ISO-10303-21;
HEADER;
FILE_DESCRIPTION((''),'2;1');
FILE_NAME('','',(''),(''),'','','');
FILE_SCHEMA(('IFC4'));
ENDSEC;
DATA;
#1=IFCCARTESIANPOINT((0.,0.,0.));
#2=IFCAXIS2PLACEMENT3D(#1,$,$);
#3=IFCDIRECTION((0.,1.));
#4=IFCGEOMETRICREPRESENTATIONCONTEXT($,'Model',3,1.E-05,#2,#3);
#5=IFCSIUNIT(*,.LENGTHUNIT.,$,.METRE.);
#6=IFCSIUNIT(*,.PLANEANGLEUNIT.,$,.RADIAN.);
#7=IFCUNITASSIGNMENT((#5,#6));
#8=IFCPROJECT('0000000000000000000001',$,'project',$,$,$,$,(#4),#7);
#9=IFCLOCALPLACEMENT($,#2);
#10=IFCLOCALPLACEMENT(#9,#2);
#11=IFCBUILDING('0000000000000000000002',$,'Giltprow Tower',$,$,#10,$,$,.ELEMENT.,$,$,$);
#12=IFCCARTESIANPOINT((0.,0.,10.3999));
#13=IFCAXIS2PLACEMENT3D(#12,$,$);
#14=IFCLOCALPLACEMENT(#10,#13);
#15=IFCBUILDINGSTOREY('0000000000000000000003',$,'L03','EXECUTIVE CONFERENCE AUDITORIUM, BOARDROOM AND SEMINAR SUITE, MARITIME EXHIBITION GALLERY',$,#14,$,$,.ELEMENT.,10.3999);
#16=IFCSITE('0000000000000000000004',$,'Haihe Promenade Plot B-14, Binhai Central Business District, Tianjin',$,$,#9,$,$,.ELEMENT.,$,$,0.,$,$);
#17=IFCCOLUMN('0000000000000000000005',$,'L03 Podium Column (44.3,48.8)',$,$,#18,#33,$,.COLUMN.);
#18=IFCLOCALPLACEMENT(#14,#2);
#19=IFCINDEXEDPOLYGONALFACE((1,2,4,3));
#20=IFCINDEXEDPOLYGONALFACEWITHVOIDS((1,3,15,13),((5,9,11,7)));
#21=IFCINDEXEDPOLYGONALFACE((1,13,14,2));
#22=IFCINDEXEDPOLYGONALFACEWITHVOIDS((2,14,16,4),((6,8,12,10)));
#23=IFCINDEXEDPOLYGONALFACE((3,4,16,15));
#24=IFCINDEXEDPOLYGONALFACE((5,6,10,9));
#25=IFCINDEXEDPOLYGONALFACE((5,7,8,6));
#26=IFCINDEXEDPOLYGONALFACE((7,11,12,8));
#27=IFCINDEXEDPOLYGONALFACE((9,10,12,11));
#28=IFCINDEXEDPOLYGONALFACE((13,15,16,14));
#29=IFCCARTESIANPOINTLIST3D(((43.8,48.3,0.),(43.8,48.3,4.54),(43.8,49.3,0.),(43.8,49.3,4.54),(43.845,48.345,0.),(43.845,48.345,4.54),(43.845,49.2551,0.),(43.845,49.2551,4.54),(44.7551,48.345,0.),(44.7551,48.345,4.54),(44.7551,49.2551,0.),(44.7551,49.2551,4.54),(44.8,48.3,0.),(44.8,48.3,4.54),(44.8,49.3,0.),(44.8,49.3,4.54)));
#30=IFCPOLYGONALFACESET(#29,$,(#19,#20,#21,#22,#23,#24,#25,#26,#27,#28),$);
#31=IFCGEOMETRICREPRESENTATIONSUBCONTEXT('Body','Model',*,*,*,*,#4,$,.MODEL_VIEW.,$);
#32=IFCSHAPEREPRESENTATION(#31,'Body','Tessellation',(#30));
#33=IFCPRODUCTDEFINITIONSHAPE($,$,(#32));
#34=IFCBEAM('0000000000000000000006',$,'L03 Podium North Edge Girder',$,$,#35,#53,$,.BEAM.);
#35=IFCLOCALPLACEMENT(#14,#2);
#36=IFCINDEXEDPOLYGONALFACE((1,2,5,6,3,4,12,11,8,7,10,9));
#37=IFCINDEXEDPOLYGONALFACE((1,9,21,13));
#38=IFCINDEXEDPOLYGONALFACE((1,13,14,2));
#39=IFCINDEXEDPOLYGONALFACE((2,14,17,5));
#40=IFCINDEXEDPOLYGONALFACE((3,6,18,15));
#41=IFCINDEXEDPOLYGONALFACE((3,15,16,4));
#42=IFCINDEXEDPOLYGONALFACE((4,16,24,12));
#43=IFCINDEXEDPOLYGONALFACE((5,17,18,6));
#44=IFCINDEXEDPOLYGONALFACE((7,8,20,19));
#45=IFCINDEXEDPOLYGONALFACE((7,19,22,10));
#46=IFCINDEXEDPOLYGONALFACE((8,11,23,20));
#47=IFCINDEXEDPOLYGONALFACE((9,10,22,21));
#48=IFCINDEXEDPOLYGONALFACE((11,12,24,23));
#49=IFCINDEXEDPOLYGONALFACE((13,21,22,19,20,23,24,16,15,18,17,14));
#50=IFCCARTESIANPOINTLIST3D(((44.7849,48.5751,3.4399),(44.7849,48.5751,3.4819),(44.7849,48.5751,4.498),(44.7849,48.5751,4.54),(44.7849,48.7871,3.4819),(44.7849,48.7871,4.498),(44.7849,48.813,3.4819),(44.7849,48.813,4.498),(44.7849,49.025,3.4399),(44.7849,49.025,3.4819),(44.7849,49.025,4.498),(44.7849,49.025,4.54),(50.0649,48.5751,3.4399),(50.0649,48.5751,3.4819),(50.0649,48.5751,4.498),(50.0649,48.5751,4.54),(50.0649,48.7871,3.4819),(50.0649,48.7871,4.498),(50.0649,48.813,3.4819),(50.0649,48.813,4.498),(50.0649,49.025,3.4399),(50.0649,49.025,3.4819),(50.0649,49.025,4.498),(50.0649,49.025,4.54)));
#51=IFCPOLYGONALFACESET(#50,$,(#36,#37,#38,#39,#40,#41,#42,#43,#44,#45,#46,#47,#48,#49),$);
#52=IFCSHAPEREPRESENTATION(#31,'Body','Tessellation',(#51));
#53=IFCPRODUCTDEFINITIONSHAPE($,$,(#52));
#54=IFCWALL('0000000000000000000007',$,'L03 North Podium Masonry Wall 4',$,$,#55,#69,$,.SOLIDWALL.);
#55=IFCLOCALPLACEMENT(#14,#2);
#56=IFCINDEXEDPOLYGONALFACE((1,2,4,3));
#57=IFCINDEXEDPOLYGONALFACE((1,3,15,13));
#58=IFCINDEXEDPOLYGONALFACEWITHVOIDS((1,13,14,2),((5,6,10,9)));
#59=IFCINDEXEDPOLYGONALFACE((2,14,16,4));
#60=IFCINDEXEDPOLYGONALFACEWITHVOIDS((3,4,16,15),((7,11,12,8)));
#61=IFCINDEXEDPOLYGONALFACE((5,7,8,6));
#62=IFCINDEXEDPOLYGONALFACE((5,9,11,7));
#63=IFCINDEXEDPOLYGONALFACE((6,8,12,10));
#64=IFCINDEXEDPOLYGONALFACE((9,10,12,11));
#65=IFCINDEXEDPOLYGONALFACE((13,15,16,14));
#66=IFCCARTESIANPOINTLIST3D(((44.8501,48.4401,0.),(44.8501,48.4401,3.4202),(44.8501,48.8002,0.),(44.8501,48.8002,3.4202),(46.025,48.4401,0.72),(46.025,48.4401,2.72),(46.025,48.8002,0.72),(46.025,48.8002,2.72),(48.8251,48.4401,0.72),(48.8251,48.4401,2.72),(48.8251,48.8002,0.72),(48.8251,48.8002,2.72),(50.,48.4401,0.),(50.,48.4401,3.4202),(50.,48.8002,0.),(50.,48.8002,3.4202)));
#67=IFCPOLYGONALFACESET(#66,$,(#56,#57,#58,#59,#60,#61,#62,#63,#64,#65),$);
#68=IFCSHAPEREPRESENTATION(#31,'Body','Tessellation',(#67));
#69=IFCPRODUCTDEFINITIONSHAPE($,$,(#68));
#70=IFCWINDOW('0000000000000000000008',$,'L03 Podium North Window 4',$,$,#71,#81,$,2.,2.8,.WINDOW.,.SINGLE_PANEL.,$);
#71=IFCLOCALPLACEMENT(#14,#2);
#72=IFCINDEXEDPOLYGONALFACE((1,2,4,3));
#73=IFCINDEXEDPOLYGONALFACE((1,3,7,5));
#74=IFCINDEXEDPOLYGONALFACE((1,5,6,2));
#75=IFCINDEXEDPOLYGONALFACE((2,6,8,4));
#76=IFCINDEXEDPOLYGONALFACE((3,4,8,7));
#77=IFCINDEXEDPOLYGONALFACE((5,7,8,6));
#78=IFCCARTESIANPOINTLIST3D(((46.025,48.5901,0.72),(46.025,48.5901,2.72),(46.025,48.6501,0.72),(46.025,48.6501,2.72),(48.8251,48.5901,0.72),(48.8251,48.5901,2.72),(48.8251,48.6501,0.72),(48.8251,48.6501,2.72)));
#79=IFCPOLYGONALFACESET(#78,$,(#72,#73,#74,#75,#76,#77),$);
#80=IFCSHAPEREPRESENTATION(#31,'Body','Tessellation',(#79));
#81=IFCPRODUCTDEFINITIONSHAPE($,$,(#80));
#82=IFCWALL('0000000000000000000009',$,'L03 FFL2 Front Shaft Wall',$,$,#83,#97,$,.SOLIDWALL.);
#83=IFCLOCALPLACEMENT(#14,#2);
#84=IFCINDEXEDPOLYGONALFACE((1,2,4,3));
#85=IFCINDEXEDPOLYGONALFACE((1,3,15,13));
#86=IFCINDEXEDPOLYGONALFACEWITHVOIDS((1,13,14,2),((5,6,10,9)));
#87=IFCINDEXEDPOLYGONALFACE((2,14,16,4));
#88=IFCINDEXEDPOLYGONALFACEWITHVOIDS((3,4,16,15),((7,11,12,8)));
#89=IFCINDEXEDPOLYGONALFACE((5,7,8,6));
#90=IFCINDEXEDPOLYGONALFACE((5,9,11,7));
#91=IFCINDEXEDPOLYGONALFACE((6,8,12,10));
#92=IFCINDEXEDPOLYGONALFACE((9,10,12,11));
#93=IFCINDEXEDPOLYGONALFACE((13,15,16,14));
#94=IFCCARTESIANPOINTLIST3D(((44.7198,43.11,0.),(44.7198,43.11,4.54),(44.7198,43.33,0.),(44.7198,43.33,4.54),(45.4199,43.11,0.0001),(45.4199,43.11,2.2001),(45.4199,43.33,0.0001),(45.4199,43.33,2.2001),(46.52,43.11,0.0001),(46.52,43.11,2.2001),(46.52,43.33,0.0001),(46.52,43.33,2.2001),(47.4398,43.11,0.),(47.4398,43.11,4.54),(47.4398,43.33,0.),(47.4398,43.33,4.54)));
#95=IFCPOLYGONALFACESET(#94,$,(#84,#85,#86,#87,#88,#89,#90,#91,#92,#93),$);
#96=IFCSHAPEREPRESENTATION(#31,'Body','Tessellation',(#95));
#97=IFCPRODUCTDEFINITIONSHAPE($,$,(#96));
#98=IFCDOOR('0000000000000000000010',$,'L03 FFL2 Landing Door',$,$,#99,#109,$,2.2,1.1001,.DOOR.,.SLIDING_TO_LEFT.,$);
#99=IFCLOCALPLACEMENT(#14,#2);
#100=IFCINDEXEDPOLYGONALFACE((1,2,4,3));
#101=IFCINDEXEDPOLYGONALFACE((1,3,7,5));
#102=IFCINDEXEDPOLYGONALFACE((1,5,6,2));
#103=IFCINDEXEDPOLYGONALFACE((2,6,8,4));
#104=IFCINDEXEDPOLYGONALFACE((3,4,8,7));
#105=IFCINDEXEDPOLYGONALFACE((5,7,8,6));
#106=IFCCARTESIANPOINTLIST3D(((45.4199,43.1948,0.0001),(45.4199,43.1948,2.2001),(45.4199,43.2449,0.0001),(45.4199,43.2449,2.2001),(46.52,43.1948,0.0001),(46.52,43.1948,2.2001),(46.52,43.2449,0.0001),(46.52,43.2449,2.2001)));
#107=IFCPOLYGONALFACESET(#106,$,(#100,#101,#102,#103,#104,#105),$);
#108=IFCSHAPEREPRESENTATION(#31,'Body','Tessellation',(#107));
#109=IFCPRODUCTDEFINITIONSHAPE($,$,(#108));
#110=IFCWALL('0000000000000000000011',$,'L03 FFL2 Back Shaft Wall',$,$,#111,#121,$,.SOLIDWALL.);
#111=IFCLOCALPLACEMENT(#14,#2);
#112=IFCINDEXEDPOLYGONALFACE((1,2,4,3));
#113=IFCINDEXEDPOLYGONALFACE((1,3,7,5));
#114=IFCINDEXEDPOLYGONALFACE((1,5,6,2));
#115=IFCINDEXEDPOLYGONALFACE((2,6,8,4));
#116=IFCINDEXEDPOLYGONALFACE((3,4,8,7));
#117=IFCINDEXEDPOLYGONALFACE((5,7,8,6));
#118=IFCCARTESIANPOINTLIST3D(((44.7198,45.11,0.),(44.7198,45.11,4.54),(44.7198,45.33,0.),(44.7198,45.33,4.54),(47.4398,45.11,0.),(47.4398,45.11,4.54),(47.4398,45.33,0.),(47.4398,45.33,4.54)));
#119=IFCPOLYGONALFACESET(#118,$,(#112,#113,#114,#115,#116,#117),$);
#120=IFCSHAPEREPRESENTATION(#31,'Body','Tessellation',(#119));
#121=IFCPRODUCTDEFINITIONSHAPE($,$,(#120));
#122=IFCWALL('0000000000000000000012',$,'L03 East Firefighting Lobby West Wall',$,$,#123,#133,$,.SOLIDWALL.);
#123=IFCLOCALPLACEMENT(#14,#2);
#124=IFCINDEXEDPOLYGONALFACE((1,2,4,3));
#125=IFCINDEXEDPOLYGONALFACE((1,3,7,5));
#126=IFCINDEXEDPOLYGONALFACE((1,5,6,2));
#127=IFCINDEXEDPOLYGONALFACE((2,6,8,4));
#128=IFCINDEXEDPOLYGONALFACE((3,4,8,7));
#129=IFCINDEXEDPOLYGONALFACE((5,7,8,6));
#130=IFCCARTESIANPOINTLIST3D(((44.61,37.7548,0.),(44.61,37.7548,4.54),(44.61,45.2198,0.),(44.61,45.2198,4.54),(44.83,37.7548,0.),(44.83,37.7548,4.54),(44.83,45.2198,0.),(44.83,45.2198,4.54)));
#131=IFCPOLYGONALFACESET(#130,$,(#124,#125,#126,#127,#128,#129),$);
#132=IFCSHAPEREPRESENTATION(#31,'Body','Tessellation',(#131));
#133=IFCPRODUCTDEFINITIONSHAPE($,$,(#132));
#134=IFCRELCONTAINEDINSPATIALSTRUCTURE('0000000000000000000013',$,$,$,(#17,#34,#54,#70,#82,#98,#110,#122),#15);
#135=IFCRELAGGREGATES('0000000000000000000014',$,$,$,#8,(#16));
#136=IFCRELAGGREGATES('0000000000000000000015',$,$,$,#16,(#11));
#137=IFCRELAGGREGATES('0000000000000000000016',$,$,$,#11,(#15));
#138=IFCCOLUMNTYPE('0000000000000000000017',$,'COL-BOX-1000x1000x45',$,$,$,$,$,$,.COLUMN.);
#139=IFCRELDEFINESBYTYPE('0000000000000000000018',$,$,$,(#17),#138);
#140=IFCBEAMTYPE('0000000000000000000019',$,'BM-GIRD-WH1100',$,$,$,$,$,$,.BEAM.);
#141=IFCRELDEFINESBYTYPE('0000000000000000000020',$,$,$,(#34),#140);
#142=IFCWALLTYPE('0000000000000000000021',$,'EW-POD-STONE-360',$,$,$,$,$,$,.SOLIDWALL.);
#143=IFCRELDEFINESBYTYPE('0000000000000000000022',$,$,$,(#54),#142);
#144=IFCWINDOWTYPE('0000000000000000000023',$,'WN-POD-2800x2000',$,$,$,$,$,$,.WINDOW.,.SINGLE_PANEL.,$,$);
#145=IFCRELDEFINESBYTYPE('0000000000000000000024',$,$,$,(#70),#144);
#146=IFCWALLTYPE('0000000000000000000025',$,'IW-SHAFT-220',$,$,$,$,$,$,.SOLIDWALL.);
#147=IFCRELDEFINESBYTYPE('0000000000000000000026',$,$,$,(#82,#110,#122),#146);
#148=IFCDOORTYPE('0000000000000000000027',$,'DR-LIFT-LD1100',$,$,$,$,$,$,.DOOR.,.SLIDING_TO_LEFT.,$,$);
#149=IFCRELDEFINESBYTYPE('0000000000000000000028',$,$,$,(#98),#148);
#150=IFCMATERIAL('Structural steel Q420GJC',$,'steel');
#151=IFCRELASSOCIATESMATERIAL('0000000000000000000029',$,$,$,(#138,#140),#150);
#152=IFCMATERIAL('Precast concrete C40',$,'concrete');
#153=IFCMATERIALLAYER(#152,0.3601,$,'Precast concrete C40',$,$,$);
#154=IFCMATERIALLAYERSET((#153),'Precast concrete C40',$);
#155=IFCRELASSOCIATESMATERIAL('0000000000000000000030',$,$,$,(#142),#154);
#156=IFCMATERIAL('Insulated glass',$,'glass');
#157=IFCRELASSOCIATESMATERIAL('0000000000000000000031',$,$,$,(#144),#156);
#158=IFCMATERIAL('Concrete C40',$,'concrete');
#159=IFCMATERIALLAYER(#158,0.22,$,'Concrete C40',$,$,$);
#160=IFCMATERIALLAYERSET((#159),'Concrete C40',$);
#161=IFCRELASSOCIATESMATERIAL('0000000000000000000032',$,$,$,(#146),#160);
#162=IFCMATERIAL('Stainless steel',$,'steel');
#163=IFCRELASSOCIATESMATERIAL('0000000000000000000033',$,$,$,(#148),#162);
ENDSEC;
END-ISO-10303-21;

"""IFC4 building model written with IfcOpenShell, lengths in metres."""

from ifc_helpers import new_model, si_unit, direction, frame, frame_2d, origin, origin_2d, place, context, subcontext, project, spatial, rectangle, hollow_rectangle, i_section, extrude, source, transform, mapped, material, layer, layer_set, material_profile, profile_set, type_object, element, fill, save


model = new_model("IFC4")

# Units and contexts
model_context = context("Model", 3, precision=1e-05, world=origin(), true_north=direction((0.0, 1.0)))
body_context = subcontext(model_context, "Body", "Model", "MODEL_VIEW")
ifc_project = project(units=[si_unit("LENGTHUNIT", "METRE"), si_unit("PLANEANGLEUNIT", "RADIAN")], contexts=[model_context])

# Site, building, storey
site_placement = place(None, origin())
site = spatial("IfcSite", under=ifc_project, at=site_placement, Name="Haihe Promenade Plot B-14, Binhai Central Business District, Tianjin", CompositionType="ELEMENT", RefElevation=0.0)
building_placement = place(site_placement, origin())
building = spatial("IfcBuilding", under=site, at=building_placement, Name="Giltprow Tower", CompositionType="ELEMENT")
storey_placement = place(building_placement, frame((0.0, 0.0, 10.3999)))
storey = spatial("IfcBuildingStorey", under=building, at=storey_placement, Name="L03", Description="EXECUTIVE CONFERENCE AUDITORIUM, BOARDROOM AND SEMINAR SUITE, MARITIME EXHIBITION GALLERY", CompositionType="ELEMENT", Elevation=10.3999)

# Column
ifc_material_1 = material(Name="Structural steel Q420GJC", Category="steel")
ifc_material_profile_1 = material_profile(ifc_material_1, hollow_rectangle(XDim=1.0, YDim=1.0, WallThickness=0.0449, at=origin_2d()), Name="BOX 1000x1000x45")
ifc_profile_set_1 = profile_set([ifc_material_profile_1], Name="Structural steel Q420GJC")
column_type = type_object("IfcColumnType", Name="COL-BOX-1000x1000x45", PredefinedType="COLUMN", material=ifc_profile_set_1)
shared_shape_1 = source(origin(), body_context, "Body", "SweptSolid", [
    extrude(hollow_rectangle(XDim=1.0, YDim=1.0, WallThickness=0.0449, at=origin_2d()), origin(), (0.0, 0.0, 1.0), 4.54),
])
column_placement = place(storey_placement, frame((44.3, 48.8, 0.0), z_axis=(0.0, 0.0, 1.0), x_axis=(1.0, 0.0, 0.0)))
element("IfcColumn", 1, at=column_placement, inside=storey, type_object=column_type, Name="L03 Podium Column (44.3,48.8)", PredefinedType="COLUMN", context=body_context, shape_type="MappedRepresentation", body=[
    mapped(shared_shape_1, transform((0.0, 0.0, 0.0), x_axis=(1.0, 0.0, 0.0), y_axis=(0.0, 1.0, 0.0), z_axis=(0.0, 0.0, 1.0), scale=1.0)),
])

# Beam
ifc_material_profile_2 = material_profile(ifc_material_1, i_section(OverallWidth=0.45, OverallDepth=1.1001, WebThickness=0.0259, FlangeThickness=0.042, at=origin_2d()), Name="WH 1100x450x26x42")
ifc_profile_set_2 = profile_set([ifc_material_profile_2], Name="Structural steel Q420GJC")
beam_type = type_object("IfcBeamType", Name="BM-GIRD-WH1100", PredefinedType="BEAM", material=ifc_profile_set_2)
shared_shape_2 = source(origin(), body_context, "Body", "SweptSolid", [
    extrude(i_section(OverallWidth=0.45, OverallDepth=1.1001, WebThickness=0.0259, FlangeThickness=0.042, at=origin_2d()), origin(), (0.0, 0.0, 1.0), 5.28),
])
beam_placement = place(storey_placement, frame((44.7849, 48.8, 3.99), z_axis=(1.0, 0.0, 0.0), x_axis=(0.0, 1.0, 0.0)))
element("IfcBeam", 2, at=beam_placement, inside=storey, type_object=beam_type, Name="L03 Podium North Edge Girder", PredefinedType="BEAM", context=body_context, shape_type="MappedRepresentation", body=[
    mapped(shared_shape_2, transform((0.0, 0.0, 0.0), x_axis=(1.0, 0.0, 0.0), y_axis=(0.0, 1.0, 0.0), z_axis=(0.0, 0.0, 1.0), scale=1.0)),
])

# Wall, opening, window
ifc_material_2 = material(Name="Precast concrete C40", Category="concrete")
ifc_layer_1 = layer(ifc_material_2, 0.3601, Name="Precast concrete C40")
ifc_layer_set_1 = layer_set([ifc_layer_1], Name="Precast concrete C40")
wall_type_1 = type_object("IfcWallType", Name="EW-POD-STONE-360", PredefinedType="SOLIDWALL", material=ifc_layer_set_1)
wall_1_placement = place(storey_placement, frame((44.8501, 48.6201, 0.0), z_axis=(0.0, 0.0, 1.0), x_axis=(1.0, 0.0, 0.0)))
wall_1 = element("IfcWall", 3, at=wall_1_placement, inside=storey, type_object=wall_type_1, Name="L03 North Podium Masonry Wall 4", PredefinedType="SOLIDWALL", context=body_context, shape_type="SweptSolid", body=[
    extrude(rectangle(XDim=5.1499, YDim=0.3601, at=frame_2d((2.575, 0.0))), origin(), (0.0, 0.0, 1.0), 3.4202),
])
opening_1_placement = place(wall_1_placement, frame((1.175, 0.0, 0.72)))
opening_1 = element("IfcOpeningElement", 4, at=opening_1_placement, cuts=wall_1, PredefinedType="OPENING", context=body_context, shape_type="SweptSolid", body=[
    extrude(rectangle(XDim=2.8, YDim=2.0, at=frame_2d((1.3999, 1.0))), frame((0.0, 0.1899, 0.0), z_axis=(0.0, -1.0, 0.0), x_axis=(1.0, 0.0, 0.0)), (0.0, 0.0, 1.0), 0.3801),
])
ifc_material_3 = material(Name="Insulated glass", Category="glass")
window_type = type_object("IfcWindowType", Name="WN-POD-2800x2000", PartitioningType="SINGLE_PANEL", PredefinedType="WINDOW", material=ifc_material_3)
shared_shape_3 = source(origin(), body_context, "Body", "SweptSolid", [
    extrude(rectangle(XDim=2.8, YDim=2.0, at=frame_2d((1.3999, 1.0))), frame((0.0, 0.03, 0.0), z_axis=(0.0, -1.0, 0.0), x_axis=(1.0, 0.0, 0.0)), (0.0, 0.0, 1.0), 0.0601),
])
window_placement = place(opening_1_placement, origin())
window = element("IfcWindow", 5, at=window_placement, inside=storey, type_object=window_type, Name="L03 Podium North Window 4", OverallHeight=2.0, OverallWidth=2.8, PartitioningType="SINGLE_PANEL", PredefinedType="WINDOW", context=body_context, shape_type="MappedRepresentation", body=[
    mapped(shared_shape_3, transform((0.0, 0.0, 0.0), x_axis=(1.0, 0.0, 0.0), y_axis=(0.0, 1.0, 0.0), z_axis=(0.0, 0.0, 1.0), scale=1.0)),
])
fill(opening_1, window)

# Wall, opening, door
ifc_material_4 = material(Name="Concrete C40", Category="concrete")
ifc_layer_2 = layer(ifc_material_4, 0.22, Name="Concrete C40")
ifc_layer_set_2 = layer_set([ifc_layer_2], Name="Concrete C40")
wall_type_2 = type_object("IfcWallType", Name="IW-SHAFT-220", PredefinedType="SOLIDWALL", material=ifc_layer_set_2)
wall_2_placement = place(storey_placement, frame((44.72, 43.22, 0.0), z_axis=(0.0, 0.0, 1.0), x_axis=(1.0, 0.0, 0.0)))
wall_2 = element("IfcWall", 6, at=wall_2_placement, inside=storey, type_object=wall_type_2, Name="L03 FFL2 Front Shaft Wall", PredefinedType="SOLIDWALL", context=body_context, shape_type="SweptSolid", body=[
    extrude(rectangle(XDim=2.72, YDim=0.22, at=frame_2d((1.3599, 0.0))), origin(), (0.0, 0.0, 1.0), 4.54),
])
opening_2_placement = place(wall_2_placement, frame((0.7, 0.0, 0.0)))
opening_2 = element("IfcOpeningElement", 7, at=opening_2_placement, cuts=wall_2, PredefinedType="OPENING", context=body_context, shape_type="SweptSolid", body=[
    extrude(rectangle(XDim=1.1001, YDim=2.2, at=frame_2d((0.55, 1.1001))), frame((0.0, 0.1199, 0.0), z_axis=(0.0, -1.0, 0.0), x_axis=(1.0, 0.0, 0.0)), (0.0, 0.0, 1.0), 0.24),
])
ifc_material_5 = material(Name="Stainless steel", Category="steel")
door_type_1 = type_object("IfcDoorType", Name="DR-LIFT-LD1100", OperationType="SLIDING_TO_LEFT", PredefinedType="DOOR", material=ifc_material_5)
shared_shape_4 = source(origin(), body_context, "Body", "SweptSolid", [
    extrude(rectangle(XDim=1.1001, YDim=2.2, at=frame_2d((0.55, 1.1001))), frame((0.0, 0.0249, 0.0), z_axis=(0.0, -1.0, 0.0), x_axis=(1.0, 0.0, 0.0)), (0.0, 0.0, 1.0), 0.05),
])
door_1_placement = place(opening_2_placement, origin())
door_1 = element("IfcDoor", 8, at=door_1_placement, inside=storey, type_object=door_type_1, Name="L03 FFL2 Landing Door", OperationType="SLIDING_TO_LEFT", OverallHeight=2.2, OverallWidth=1.1001, PredefinedType="DOOR", context=body_context, shape_type="MappedRepresentation", body=[
    mapped(shared_shape_4, transform((0.0, 0.0, 0.0), x_axis=(1.0, 0.0, 0.0), y_axis=(0.0, 1.0, 0.0), z_axis=(0.0, 0.0, 1.0), scale=1.0)),
])
fill(opening_2, door_1)

# Walls
wall_3_placement = place(storey_placement, frame((44.72, 45.22, 0.0), z_axis=(0.0, 0.0, 1.0), x_axis=(1.0, 0.0, 0.0)))
element("IfcWall", 9, at=wall_3_placement, inside=storey, type_object=wall_type_2, Name="L03 FFL2 Back Shaft Wall", PredefinedType="SOLIDWALL", context=body_context, shape_type="SweptSolid", body=[
    extrude(rectangle(XDim=2.72, YDim=0.22, at=frame_2d((1.3599, 0.0))), origin(), (0.0, 0.0, 1.0), 4.54),
])
wall_4_placement = place(storey_placement, frame((44.72, 37.7549, 0.0), z_axis=(0.0, 0.0, 1.0), x_axis=(0.0, 1.0, 0.0)))
element("IfcWall", 10, at=wall_4_placement, inside=storey, type_object=wall_type_2, Name="L03 East Firefighting Lobby West Wall", PredefinedType="SOLIDWALL", context=body_context, shape_type="SweptSolid", body=[
    extrude(rectangle(XDim=7.4651, YDim=0.22, at=frame_2d((3.7324, 0.0))), origin(), (0.0, 0.0, 1.0), 4.54),
])

save(model, "model.ifc")
